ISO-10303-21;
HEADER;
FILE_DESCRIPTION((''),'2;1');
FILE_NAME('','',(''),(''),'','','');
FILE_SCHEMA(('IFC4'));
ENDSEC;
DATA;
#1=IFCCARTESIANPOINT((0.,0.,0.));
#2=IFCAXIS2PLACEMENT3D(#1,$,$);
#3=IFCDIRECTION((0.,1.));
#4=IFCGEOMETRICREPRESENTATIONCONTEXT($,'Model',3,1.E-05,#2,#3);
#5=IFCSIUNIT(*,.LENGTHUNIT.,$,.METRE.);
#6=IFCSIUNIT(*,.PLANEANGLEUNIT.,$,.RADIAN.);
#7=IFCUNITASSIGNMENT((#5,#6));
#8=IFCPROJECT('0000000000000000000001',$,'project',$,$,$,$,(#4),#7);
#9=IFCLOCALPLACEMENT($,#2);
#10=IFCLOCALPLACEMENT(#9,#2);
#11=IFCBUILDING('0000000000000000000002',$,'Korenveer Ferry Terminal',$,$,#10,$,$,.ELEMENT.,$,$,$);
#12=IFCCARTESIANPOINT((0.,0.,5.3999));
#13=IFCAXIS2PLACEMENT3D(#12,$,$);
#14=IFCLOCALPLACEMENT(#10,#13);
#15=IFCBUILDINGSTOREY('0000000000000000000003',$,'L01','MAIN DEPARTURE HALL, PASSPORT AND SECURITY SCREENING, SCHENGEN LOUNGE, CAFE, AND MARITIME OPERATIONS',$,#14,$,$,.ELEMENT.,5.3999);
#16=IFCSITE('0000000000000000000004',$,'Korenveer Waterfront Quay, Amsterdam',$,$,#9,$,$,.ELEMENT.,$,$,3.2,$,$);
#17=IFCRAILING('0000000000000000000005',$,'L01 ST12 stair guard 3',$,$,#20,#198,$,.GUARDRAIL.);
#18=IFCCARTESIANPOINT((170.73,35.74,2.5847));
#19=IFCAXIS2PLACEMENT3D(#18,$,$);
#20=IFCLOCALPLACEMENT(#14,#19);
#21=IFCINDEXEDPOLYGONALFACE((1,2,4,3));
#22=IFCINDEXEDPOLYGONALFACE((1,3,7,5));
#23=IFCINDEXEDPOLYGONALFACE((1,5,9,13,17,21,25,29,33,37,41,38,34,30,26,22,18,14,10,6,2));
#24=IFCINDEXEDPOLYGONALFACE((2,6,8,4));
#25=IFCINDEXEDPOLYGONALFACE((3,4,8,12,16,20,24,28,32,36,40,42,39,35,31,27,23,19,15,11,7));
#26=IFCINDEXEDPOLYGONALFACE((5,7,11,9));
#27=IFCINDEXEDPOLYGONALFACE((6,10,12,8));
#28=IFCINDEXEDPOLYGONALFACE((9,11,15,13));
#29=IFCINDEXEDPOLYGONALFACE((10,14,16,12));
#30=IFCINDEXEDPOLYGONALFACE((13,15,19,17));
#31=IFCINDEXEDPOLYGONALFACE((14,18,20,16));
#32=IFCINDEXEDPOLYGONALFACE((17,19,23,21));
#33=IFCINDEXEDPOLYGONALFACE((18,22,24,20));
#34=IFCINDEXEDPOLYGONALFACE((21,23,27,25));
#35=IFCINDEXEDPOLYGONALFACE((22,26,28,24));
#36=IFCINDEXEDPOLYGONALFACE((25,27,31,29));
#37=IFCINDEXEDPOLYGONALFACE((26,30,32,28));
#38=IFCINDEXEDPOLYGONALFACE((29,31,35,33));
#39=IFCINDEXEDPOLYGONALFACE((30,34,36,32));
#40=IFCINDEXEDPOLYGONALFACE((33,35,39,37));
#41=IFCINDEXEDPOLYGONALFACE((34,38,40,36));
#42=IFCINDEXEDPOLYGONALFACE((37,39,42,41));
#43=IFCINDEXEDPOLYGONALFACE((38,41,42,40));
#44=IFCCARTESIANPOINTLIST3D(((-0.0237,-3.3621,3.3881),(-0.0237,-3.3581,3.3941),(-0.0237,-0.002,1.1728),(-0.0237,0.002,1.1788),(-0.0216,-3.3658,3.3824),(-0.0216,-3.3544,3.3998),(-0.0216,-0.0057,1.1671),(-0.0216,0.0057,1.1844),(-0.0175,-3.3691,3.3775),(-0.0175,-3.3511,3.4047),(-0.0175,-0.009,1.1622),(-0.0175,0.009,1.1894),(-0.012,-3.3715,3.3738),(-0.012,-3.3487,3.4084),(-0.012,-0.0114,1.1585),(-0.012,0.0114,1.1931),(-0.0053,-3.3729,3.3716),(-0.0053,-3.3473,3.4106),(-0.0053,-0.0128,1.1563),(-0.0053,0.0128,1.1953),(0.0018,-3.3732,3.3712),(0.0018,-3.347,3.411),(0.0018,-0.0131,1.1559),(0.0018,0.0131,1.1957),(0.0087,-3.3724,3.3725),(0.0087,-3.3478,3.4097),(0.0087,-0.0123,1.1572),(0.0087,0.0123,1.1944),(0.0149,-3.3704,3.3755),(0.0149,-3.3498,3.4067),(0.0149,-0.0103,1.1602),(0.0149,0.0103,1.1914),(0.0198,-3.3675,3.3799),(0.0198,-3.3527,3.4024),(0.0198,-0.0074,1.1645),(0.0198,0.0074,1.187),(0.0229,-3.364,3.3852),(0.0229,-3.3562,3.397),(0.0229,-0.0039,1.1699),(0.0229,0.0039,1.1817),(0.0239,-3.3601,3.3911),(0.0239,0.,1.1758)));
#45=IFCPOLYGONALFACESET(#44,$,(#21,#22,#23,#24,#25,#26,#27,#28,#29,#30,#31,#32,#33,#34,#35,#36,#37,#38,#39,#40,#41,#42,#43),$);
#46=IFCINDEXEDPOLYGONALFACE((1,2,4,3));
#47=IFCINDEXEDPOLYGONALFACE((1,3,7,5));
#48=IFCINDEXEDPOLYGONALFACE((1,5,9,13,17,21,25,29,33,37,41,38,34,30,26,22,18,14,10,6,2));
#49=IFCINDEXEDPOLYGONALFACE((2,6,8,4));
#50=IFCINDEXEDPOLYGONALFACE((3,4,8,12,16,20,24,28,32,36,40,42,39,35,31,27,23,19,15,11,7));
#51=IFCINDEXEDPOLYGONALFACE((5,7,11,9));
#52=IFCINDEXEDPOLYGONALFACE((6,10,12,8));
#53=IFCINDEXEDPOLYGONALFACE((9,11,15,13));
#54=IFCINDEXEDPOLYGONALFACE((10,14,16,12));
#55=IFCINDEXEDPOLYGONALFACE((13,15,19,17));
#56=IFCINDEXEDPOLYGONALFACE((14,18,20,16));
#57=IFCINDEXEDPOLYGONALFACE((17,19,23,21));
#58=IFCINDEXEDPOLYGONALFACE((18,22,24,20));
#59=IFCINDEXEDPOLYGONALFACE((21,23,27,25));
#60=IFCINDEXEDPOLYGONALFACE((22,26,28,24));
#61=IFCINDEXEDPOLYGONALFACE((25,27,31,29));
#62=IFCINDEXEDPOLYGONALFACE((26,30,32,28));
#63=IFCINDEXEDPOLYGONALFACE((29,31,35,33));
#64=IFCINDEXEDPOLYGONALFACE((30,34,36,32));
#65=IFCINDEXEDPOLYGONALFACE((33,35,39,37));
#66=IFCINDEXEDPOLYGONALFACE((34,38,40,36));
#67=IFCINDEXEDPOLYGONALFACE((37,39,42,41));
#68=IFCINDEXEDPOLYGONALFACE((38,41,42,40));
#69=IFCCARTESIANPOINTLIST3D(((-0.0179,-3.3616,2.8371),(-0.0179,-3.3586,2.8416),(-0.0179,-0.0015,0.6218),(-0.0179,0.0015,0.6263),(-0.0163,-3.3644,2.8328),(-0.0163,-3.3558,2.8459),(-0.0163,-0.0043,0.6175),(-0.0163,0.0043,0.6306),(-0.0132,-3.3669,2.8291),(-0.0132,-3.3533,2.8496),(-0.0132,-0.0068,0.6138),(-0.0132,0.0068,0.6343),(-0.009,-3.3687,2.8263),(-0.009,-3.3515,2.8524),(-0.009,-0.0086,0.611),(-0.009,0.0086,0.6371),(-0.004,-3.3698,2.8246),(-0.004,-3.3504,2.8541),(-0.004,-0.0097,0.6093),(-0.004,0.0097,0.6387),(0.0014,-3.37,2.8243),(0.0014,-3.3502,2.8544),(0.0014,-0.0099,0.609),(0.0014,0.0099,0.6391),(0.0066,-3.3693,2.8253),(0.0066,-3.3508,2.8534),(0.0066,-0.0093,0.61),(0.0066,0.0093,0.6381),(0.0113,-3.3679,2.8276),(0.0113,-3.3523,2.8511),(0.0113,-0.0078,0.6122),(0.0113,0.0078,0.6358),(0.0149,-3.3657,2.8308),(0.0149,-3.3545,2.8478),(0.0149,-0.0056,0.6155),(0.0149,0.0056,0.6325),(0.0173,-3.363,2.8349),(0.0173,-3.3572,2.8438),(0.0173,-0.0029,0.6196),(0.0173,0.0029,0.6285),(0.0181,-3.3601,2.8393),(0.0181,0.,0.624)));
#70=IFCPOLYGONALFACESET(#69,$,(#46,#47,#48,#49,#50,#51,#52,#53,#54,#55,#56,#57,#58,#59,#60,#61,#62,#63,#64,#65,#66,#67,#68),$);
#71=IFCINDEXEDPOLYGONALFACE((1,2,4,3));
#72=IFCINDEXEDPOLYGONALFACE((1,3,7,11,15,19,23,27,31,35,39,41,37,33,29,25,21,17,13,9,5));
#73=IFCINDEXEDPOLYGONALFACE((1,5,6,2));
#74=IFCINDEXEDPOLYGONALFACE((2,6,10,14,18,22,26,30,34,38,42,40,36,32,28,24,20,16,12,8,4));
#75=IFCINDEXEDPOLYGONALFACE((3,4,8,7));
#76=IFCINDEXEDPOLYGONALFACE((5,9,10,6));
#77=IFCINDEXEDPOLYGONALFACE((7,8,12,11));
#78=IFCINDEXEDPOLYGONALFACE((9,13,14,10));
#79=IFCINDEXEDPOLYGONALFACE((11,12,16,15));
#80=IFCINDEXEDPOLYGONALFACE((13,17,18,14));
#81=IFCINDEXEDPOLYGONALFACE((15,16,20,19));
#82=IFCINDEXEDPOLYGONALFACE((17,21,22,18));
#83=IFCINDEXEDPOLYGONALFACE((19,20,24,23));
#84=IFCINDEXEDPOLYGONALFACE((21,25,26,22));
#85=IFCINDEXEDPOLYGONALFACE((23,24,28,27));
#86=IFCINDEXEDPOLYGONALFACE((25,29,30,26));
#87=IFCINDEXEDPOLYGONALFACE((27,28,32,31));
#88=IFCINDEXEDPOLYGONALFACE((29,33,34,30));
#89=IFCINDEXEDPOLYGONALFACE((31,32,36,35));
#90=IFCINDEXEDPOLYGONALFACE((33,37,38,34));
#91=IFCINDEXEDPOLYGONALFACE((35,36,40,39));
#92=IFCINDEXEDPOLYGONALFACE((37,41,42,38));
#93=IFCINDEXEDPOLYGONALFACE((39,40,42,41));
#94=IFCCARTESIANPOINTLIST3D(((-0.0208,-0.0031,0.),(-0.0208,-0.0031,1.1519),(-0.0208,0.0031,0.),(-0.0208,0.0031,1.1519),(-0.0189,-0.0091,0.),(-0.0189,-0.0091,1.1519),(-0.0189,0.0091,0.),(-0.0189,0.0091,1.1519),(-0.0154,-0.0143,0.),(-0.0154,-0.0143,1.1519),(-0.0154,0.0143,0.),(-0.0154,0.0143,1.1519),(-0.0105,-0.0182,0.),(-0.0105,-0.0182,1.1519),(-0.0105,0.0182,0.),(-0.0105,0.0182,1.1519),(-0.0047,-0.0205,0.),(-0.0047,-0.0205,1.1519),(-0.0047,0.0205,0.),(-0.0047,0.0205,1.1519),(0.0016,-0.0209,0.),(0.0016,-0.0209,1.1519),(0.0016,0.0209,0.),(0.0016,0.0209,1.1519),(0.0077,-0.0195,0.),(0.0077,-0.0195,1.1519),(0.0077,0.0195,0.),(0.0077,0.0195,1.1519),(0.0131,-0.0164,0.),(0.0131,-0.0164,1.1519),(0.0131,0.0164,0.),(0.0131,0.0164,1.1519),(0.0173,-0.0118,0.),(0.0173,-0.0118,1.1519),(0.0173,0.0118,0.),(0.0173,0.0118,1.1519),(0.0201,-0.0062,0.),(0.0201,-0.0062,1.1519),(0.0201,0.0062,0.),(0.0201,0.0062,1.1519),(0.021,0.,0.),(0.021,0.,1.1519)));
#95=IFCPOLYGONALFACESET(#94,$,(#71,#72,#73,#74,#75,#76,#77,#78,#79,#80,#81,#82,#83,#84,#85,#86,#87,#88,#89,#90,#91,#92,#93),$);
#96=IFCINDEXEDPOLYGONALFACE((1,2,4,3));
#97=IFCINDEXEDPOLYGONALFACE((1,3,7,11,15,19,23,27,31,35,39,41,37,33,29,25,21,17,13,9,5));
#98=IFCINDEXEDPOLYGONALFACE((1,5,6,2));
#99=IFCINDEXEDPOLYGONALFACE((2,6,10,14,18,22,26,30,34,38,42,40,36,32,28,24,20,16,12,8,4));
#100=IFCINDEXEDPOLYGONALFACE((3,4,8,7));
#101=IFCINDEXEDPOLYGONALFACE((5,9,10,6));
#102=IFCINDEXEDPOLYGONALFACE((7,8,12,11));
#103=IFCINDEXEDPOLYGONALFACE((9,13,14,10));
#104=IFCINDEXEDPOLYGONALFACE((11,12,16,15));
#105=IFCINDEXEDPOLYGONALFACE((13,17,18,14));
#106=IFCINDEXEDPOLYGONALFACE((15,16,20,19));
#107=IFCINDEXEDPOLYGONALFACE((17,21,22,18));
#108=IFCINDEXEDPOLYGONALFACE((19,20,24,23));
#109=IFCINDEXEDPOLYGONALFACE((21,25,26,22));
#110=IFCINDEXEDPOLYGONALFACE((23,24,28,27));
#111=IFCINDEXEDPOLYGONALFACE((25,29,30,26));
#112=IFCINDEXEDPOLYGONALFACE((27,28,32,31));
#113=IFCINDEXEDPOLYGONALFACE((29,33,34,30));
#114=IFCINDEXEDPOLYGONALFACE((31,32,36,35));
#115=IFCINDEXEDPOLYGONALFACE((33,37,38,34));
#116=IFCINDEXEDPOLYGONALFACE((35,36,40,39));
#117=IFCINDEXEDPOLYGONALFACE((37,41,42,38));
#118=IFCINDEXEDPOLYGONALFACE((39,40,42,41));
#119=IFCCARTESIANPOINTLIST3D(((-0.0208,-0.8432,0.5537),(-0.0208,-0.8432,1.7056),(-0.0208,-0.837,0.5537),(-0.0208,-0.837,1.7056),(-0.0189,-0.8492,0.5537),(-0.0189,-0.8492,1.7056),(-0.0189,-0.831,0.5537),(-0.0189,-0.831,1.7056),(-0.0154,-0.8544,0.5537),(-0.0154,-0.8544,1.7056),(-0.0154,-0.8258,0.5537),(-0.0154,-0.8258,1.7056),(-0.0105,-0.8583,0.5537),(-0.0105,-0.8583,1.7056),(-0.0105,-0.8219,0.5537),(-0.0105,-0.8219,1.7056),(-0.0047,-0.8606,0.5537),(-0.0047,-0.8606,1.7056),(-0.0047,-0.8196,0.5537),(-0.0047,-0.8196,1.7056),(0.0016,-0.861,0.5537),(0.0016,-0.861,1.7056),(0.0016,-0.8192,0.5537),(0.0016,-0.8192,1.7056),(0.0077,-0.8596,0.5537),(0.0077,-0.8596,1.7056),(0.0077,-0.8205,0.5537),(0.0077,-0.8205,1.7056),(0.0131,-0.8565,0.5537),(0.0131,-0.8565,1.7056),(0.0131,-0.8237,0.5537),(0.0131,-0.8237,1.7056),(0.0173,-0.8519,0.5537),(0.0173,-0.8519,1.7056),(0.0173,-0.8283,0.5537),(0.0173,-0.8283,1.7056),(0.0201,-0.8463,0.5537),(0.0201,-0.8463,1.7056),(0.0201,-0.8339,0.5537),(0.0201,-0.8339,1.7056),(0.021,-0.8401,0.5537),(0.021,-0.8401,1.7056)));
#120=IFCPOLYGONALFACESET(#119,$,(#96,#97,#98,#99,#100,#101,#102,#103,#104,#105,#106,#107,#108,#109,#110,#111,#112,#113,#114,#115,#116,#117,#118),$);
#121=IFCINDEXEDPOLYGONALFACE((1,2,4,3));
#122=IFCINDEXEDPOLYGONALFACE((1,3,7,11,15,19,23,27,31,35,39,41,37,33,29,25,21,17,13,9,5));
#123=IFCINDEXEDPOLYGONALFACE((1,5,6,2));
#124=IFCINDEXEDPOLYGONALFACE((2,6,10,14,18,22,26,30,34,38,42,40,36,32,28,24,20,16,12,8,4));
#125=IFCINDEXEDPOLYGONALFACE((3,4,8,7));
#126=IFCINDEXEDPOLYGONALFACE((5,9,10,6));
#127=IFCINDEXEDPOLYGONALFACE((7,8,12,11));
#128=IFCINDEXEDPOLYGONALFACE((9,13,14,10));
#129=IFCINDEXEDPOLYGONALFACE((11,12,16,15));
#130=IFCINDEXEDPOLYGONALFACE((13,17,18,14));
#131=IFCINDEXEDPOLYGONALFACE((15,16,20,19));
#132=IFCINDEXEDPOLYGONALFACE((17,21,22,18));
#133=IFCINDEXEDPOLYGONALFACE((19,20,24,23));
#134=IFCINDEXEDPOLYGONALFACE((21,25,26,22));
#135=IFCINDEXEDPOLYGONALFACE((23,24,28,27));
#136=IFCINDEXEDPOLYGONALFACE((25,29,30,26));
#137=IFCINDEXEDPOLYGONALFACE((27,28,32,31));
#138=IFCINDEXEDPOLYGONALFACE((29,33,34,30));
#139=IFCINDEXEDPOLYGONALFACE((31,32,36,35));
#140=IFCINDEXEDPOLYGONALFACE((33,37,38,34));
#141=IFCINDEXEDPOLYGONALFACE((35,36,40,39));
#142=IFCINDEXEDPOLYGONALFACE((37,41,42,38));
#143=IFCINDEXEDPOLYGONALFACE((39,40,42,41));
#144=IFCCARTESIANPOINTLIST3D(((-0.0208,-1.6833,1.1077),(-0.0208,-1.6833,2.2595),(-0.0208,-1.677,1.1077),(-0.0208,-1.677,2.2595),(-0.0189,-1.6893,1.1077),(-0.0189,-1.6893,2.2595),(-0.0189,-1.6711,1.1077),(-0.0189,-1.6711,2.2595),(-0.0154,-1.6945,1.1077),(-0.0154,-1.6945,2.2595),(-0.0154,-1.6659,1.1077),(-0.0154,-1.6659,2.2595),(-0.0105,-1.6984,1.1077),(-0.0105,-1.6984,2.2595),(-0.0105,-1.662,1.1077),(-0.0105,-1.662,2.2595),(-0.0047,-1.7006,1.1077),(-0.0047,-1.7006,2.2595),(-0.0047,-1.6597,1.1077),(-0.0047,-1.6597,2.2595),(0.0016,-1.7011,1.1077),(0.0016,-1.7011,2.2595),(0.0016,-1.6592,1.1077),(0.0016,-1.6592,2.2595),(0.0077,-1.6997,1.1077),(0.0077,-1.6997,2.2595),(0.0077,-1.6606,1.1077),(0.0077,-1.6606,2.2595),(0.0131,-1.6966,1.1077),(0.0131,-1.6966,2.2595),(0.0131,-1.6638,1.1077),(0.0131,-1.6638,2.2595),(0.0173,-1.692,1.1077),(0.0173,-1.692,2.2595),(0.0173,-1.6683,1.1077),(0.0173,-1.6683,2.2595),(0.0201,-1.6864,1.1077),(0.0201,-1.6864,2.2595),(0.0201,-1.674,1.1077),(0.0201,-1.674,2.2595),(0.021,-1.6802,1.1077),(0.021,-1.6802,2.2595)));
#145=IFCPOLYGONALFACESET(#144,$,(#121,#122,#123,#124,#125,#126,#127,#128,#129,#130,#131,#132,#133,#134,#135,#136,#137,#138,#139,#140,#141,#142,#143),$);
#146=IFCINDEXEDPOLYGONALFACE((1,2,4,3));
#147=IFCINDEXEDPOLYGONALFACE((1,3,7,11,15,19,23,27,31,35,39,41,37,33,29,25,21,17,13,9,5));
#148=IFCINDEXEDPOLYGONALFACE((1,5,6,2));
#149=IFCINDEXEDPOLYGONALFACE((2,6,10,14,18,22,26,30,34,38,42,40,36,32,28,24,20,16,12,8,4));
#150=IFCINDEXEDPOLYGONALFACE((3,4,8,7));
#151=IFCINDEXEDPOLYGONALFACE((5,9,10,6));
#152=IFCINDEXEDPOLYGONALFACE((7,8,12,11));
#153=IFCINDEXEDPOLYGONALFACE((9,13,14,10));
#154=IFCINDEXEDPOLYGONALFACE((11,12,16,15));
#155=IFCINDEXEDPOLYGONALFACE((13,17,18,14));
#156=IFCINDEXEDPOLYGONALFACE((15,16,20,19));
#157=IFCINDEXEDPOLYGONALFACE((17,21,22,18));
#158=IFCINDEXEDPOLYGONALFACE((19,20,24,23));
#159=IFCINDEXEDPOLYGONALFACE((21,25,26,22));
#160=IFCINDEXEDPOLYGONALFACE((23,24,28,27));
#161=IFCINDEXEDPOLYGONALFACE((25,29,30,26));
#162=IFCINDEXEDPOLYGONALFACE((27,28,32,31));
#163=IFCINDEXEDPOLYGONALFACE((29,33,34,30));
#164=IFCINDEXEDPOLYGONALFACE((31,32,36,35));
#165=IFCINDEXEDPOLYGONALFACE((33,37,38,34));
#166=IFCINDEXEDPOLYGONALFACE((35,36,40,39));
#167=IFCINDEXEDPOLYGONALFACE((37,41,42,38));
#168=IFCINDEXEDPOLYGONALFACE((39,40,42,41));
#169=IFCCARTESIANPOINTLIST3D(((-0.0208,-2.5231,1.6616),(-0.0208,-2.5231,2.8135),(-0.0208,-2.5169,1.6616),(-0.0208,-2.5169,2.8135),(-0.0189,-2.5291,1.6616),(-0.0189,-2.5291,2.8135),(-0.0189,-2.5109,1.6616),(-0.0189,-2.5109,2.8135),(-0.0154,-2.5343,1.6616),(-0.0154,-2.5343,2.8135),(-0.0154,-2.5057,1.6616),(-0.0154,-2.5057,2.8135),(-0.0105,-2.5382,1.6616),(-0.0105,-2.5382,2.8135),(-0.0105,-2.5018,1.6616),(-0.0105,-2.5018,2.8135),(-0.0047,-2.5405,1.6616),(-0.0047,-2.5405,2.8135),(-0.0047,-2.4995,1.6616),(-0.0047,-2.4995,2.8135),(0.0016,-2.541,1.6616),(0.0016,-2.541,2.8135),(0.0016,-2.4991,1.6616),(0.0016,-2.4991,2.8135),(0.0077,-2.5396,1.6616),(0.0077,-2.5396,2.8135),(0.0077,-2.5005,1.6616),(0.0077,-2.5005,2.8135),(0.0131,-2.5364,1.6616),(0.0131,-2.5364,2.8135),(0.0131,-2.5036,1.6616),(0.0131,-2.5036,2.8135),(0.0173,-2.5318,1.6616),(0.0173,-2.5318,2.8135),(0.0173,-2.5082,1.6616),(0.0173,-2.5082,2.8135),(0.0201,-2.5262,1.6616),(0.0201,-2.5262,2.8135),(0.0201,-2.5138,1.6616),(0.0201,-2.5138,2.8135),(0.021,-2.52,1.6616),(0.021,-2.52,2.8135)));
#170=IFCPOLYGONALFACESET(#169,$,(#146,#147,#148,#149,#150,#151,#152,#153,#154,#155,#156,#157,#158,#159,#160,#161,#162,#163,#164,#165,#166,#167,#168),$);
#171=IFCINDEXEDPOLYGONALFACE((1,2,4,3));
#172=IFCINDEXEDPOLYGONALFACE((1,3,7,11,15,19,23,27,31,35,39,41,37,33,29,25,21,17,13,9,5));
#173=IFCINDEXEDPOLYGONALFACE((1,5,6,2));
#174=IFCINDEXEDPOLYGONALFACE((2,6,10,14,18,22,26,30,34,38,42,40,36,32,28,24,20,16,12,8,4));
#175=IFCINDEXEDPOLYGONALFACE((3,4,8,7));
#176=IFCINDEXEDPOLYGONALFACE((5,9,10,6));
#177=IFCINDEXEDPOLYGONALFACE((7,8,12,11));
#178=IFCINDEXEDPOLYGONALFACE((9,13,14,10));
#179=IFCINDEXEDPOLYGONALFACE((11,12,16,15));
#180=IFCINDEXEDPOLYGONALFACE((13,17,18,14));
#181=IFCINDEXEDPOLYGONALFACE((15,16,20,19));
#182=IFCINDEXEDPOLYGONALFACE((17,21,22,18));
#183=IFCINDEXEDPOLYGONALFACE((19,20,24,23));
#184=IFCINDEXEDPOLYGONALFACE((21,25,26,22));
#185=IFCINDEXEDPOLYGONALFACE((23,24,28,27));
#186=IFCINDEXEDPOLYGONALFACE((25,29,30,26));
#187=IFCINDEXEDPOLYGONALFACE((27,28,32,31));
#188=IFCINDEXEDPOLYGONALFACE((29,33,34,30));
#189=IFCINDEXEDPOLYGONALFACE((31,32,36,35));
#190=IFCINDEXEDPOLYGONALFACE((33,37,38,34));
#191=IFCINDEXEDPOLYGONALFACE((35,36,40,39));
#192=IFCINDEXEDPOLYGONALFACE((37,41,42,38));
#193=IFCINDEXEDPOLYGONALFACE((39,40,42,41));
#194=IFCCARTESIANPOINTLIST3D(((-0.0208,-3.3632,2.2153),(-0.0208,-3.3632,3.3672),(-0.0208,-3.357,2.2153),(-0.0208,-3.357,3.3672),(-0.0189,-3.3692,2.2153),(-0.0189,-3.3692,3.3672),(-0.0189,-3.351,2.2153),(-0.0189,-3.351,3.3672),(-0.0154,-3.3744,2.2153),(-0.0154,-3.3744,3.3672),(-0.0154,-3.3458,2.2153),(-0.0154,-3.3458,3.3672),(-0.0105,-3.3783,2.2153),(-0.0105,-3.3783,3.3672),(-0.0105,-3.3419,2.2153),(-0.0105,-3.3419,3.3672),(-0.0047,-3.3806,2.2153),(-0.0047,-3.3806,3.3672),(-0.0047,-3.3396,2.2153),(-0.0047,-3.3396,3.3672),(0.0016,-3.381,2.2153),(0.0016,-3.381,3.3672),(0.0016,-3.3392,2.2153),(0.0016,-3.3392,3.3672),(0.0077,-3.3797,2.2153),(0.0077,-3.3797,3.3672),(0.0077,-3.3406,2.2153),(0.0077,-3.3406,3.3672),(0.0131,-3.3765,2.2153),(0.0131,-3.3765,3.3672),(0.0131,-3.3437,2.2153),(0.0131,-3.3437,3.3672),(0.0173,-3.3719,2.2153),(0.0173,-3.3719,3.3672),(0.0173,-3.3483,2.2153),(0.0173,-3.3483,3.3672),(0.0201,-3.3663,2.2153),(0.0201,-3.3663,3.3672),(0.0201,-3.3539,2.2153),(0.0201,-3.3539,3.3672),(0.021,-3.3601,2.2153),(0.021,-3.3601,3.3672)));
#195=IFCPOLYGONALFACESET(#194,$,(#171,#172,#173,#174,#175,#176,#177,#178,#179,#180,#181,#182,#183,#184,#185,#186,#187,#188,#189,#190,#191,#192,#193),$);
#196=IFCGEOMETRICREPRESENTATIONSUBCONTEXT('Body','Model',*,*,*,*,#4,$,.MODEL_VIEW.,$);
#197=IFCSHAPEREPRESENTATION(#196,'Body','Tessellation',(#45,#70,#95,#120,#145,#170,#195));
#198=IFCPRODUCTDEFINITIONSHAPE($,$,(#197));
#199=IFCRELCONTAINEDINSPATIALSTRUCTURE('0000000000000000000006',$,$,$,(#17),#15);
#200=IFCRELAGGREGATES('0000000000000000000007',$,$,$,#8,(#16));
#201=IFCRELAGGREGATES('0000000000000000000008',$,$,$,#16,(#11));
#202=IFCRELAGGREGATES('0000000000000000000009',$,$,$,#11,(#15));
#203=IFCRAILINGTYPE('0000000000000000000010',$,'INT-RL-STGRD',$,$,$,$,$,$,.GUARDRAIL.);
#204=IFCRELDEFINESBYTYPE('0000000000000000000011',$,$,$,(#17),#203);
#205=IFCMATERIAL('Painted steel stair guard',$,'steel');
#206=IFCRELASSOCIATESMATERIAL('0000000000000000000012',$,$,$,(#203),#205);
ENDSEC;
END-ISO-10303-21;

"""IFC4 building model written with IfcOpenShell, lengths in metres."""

from ifc_helpers import new_model, si_unit, direction, frame, origin, origin_2d, place, context, subcontext, project, spatial, circle, extrude, material, type_object, element, save


model = new_model("IFC4")

# Units and contexts
model_context = context("Model", 3, precision=1e-05, world=origin(), true_north=direction((0.0, 1.0)))
body_context = subcontext(model_context, "Body", "Model", "MODEL_VIEW")
ifc_project = project(units=[si_unit("LENGTHUNIT", "METRE"), si_unit("PLANEANGLEUNIT", "RADIAN")], contexts=[model_context])

# Site, building, storey
site_placement = place(None, origin())
site = spatial("IfcSite", under=ifc_project, at=site_placement, Name="Korenveer Waterfront Quay, Amsterdam", CompositionType="ELEMENT", RefElevation=3.2)
building_placement = place(site_placement, origin())
building = spatial("IfcBuilding", under=site, at=building_placement, Name="Korenveer Ferry Terminal", CompositionType="ELEMENT")
storey_placement = place(building_placement, frame((0.0, 0.0, 5.3999)))
storey = spatial("IfcBuildingStorey", under=building, at=storey_placement, Name="L01", Description="MAIN DEPARTURE HALL, PASSPORT AND SECURITY SCREENING, SCHENGEN LOUNGE, CAFE, AND MARITIME OPERATIONS", CompositionType="ELEMENT", Elevation=5.3999)

# Railing
ifc_material_1 = material(Name="Painted steel stair guard", Category="steel")
railing_type_1 = type_object("IfcRailingType", Name="INT-RL-STGRD", PredefinedType="GUARDRAIL", material=ifc_material_1)
railing_1_placement = place(storey_placement, frame((170.73, 35.74, 2.5847)))
element("IfcRailing", 1, at=railing_1_placement, inside=storey, type_object=railing_type_1, Name="L01 ST12 stair guard 3", PredefinedType="GUARDRAIL", context=body_context, shape_type="SweptSolid", body=[
    extrude(circle(Radius=0.0239, at=origin_2d()), frame((0.0, 0.0, 1.1758), z_axis=(0.0, -0.834876, 0.550437), x_axis=(1.0, 0.0, 0.0)), (0.0, 0.0, 1.0), 4.0247),
    extrude(circle(Radius=0.0181, at=origin_2d()), frame((0.0, 0.0, 0.624), z_axis=(0.0, -0.834876, 0.550437), x_axis=(1.0, 0.0, 0.0)), (0.0, 0.0, 1.0), 4.0247),
    extrude(circle(Radius=0.021, at=origin_2d()), origin(), (0.0, 0.0, 1.0), 1.1519),
    extrude(circle(Radius=0.021, at=origin_2d()), frame((0.0, -0.8401, 0.5537)), (0.0, 0.0, 1.0), 1.1519),
    extrude(circle(Radius=0.021, at=origin_2d()), frame((0.0, -1.6802, 1.1077)), (0.0, 0.0, 1.0), 1.1519),
    extrude(circle(Radius=0.021, at=origin_2d()), frame((0.0, -2.52, 1.6616)), (0.0, 0.0, 1.0), 1.1519),
    extrude(circle(Radius=0.021, at=origin_2d()), frame((0.0, -3.3601, 2.2153)), (0.0, 0.0, 1.0), 1.1519),
])

save(model, "model.ifc")
